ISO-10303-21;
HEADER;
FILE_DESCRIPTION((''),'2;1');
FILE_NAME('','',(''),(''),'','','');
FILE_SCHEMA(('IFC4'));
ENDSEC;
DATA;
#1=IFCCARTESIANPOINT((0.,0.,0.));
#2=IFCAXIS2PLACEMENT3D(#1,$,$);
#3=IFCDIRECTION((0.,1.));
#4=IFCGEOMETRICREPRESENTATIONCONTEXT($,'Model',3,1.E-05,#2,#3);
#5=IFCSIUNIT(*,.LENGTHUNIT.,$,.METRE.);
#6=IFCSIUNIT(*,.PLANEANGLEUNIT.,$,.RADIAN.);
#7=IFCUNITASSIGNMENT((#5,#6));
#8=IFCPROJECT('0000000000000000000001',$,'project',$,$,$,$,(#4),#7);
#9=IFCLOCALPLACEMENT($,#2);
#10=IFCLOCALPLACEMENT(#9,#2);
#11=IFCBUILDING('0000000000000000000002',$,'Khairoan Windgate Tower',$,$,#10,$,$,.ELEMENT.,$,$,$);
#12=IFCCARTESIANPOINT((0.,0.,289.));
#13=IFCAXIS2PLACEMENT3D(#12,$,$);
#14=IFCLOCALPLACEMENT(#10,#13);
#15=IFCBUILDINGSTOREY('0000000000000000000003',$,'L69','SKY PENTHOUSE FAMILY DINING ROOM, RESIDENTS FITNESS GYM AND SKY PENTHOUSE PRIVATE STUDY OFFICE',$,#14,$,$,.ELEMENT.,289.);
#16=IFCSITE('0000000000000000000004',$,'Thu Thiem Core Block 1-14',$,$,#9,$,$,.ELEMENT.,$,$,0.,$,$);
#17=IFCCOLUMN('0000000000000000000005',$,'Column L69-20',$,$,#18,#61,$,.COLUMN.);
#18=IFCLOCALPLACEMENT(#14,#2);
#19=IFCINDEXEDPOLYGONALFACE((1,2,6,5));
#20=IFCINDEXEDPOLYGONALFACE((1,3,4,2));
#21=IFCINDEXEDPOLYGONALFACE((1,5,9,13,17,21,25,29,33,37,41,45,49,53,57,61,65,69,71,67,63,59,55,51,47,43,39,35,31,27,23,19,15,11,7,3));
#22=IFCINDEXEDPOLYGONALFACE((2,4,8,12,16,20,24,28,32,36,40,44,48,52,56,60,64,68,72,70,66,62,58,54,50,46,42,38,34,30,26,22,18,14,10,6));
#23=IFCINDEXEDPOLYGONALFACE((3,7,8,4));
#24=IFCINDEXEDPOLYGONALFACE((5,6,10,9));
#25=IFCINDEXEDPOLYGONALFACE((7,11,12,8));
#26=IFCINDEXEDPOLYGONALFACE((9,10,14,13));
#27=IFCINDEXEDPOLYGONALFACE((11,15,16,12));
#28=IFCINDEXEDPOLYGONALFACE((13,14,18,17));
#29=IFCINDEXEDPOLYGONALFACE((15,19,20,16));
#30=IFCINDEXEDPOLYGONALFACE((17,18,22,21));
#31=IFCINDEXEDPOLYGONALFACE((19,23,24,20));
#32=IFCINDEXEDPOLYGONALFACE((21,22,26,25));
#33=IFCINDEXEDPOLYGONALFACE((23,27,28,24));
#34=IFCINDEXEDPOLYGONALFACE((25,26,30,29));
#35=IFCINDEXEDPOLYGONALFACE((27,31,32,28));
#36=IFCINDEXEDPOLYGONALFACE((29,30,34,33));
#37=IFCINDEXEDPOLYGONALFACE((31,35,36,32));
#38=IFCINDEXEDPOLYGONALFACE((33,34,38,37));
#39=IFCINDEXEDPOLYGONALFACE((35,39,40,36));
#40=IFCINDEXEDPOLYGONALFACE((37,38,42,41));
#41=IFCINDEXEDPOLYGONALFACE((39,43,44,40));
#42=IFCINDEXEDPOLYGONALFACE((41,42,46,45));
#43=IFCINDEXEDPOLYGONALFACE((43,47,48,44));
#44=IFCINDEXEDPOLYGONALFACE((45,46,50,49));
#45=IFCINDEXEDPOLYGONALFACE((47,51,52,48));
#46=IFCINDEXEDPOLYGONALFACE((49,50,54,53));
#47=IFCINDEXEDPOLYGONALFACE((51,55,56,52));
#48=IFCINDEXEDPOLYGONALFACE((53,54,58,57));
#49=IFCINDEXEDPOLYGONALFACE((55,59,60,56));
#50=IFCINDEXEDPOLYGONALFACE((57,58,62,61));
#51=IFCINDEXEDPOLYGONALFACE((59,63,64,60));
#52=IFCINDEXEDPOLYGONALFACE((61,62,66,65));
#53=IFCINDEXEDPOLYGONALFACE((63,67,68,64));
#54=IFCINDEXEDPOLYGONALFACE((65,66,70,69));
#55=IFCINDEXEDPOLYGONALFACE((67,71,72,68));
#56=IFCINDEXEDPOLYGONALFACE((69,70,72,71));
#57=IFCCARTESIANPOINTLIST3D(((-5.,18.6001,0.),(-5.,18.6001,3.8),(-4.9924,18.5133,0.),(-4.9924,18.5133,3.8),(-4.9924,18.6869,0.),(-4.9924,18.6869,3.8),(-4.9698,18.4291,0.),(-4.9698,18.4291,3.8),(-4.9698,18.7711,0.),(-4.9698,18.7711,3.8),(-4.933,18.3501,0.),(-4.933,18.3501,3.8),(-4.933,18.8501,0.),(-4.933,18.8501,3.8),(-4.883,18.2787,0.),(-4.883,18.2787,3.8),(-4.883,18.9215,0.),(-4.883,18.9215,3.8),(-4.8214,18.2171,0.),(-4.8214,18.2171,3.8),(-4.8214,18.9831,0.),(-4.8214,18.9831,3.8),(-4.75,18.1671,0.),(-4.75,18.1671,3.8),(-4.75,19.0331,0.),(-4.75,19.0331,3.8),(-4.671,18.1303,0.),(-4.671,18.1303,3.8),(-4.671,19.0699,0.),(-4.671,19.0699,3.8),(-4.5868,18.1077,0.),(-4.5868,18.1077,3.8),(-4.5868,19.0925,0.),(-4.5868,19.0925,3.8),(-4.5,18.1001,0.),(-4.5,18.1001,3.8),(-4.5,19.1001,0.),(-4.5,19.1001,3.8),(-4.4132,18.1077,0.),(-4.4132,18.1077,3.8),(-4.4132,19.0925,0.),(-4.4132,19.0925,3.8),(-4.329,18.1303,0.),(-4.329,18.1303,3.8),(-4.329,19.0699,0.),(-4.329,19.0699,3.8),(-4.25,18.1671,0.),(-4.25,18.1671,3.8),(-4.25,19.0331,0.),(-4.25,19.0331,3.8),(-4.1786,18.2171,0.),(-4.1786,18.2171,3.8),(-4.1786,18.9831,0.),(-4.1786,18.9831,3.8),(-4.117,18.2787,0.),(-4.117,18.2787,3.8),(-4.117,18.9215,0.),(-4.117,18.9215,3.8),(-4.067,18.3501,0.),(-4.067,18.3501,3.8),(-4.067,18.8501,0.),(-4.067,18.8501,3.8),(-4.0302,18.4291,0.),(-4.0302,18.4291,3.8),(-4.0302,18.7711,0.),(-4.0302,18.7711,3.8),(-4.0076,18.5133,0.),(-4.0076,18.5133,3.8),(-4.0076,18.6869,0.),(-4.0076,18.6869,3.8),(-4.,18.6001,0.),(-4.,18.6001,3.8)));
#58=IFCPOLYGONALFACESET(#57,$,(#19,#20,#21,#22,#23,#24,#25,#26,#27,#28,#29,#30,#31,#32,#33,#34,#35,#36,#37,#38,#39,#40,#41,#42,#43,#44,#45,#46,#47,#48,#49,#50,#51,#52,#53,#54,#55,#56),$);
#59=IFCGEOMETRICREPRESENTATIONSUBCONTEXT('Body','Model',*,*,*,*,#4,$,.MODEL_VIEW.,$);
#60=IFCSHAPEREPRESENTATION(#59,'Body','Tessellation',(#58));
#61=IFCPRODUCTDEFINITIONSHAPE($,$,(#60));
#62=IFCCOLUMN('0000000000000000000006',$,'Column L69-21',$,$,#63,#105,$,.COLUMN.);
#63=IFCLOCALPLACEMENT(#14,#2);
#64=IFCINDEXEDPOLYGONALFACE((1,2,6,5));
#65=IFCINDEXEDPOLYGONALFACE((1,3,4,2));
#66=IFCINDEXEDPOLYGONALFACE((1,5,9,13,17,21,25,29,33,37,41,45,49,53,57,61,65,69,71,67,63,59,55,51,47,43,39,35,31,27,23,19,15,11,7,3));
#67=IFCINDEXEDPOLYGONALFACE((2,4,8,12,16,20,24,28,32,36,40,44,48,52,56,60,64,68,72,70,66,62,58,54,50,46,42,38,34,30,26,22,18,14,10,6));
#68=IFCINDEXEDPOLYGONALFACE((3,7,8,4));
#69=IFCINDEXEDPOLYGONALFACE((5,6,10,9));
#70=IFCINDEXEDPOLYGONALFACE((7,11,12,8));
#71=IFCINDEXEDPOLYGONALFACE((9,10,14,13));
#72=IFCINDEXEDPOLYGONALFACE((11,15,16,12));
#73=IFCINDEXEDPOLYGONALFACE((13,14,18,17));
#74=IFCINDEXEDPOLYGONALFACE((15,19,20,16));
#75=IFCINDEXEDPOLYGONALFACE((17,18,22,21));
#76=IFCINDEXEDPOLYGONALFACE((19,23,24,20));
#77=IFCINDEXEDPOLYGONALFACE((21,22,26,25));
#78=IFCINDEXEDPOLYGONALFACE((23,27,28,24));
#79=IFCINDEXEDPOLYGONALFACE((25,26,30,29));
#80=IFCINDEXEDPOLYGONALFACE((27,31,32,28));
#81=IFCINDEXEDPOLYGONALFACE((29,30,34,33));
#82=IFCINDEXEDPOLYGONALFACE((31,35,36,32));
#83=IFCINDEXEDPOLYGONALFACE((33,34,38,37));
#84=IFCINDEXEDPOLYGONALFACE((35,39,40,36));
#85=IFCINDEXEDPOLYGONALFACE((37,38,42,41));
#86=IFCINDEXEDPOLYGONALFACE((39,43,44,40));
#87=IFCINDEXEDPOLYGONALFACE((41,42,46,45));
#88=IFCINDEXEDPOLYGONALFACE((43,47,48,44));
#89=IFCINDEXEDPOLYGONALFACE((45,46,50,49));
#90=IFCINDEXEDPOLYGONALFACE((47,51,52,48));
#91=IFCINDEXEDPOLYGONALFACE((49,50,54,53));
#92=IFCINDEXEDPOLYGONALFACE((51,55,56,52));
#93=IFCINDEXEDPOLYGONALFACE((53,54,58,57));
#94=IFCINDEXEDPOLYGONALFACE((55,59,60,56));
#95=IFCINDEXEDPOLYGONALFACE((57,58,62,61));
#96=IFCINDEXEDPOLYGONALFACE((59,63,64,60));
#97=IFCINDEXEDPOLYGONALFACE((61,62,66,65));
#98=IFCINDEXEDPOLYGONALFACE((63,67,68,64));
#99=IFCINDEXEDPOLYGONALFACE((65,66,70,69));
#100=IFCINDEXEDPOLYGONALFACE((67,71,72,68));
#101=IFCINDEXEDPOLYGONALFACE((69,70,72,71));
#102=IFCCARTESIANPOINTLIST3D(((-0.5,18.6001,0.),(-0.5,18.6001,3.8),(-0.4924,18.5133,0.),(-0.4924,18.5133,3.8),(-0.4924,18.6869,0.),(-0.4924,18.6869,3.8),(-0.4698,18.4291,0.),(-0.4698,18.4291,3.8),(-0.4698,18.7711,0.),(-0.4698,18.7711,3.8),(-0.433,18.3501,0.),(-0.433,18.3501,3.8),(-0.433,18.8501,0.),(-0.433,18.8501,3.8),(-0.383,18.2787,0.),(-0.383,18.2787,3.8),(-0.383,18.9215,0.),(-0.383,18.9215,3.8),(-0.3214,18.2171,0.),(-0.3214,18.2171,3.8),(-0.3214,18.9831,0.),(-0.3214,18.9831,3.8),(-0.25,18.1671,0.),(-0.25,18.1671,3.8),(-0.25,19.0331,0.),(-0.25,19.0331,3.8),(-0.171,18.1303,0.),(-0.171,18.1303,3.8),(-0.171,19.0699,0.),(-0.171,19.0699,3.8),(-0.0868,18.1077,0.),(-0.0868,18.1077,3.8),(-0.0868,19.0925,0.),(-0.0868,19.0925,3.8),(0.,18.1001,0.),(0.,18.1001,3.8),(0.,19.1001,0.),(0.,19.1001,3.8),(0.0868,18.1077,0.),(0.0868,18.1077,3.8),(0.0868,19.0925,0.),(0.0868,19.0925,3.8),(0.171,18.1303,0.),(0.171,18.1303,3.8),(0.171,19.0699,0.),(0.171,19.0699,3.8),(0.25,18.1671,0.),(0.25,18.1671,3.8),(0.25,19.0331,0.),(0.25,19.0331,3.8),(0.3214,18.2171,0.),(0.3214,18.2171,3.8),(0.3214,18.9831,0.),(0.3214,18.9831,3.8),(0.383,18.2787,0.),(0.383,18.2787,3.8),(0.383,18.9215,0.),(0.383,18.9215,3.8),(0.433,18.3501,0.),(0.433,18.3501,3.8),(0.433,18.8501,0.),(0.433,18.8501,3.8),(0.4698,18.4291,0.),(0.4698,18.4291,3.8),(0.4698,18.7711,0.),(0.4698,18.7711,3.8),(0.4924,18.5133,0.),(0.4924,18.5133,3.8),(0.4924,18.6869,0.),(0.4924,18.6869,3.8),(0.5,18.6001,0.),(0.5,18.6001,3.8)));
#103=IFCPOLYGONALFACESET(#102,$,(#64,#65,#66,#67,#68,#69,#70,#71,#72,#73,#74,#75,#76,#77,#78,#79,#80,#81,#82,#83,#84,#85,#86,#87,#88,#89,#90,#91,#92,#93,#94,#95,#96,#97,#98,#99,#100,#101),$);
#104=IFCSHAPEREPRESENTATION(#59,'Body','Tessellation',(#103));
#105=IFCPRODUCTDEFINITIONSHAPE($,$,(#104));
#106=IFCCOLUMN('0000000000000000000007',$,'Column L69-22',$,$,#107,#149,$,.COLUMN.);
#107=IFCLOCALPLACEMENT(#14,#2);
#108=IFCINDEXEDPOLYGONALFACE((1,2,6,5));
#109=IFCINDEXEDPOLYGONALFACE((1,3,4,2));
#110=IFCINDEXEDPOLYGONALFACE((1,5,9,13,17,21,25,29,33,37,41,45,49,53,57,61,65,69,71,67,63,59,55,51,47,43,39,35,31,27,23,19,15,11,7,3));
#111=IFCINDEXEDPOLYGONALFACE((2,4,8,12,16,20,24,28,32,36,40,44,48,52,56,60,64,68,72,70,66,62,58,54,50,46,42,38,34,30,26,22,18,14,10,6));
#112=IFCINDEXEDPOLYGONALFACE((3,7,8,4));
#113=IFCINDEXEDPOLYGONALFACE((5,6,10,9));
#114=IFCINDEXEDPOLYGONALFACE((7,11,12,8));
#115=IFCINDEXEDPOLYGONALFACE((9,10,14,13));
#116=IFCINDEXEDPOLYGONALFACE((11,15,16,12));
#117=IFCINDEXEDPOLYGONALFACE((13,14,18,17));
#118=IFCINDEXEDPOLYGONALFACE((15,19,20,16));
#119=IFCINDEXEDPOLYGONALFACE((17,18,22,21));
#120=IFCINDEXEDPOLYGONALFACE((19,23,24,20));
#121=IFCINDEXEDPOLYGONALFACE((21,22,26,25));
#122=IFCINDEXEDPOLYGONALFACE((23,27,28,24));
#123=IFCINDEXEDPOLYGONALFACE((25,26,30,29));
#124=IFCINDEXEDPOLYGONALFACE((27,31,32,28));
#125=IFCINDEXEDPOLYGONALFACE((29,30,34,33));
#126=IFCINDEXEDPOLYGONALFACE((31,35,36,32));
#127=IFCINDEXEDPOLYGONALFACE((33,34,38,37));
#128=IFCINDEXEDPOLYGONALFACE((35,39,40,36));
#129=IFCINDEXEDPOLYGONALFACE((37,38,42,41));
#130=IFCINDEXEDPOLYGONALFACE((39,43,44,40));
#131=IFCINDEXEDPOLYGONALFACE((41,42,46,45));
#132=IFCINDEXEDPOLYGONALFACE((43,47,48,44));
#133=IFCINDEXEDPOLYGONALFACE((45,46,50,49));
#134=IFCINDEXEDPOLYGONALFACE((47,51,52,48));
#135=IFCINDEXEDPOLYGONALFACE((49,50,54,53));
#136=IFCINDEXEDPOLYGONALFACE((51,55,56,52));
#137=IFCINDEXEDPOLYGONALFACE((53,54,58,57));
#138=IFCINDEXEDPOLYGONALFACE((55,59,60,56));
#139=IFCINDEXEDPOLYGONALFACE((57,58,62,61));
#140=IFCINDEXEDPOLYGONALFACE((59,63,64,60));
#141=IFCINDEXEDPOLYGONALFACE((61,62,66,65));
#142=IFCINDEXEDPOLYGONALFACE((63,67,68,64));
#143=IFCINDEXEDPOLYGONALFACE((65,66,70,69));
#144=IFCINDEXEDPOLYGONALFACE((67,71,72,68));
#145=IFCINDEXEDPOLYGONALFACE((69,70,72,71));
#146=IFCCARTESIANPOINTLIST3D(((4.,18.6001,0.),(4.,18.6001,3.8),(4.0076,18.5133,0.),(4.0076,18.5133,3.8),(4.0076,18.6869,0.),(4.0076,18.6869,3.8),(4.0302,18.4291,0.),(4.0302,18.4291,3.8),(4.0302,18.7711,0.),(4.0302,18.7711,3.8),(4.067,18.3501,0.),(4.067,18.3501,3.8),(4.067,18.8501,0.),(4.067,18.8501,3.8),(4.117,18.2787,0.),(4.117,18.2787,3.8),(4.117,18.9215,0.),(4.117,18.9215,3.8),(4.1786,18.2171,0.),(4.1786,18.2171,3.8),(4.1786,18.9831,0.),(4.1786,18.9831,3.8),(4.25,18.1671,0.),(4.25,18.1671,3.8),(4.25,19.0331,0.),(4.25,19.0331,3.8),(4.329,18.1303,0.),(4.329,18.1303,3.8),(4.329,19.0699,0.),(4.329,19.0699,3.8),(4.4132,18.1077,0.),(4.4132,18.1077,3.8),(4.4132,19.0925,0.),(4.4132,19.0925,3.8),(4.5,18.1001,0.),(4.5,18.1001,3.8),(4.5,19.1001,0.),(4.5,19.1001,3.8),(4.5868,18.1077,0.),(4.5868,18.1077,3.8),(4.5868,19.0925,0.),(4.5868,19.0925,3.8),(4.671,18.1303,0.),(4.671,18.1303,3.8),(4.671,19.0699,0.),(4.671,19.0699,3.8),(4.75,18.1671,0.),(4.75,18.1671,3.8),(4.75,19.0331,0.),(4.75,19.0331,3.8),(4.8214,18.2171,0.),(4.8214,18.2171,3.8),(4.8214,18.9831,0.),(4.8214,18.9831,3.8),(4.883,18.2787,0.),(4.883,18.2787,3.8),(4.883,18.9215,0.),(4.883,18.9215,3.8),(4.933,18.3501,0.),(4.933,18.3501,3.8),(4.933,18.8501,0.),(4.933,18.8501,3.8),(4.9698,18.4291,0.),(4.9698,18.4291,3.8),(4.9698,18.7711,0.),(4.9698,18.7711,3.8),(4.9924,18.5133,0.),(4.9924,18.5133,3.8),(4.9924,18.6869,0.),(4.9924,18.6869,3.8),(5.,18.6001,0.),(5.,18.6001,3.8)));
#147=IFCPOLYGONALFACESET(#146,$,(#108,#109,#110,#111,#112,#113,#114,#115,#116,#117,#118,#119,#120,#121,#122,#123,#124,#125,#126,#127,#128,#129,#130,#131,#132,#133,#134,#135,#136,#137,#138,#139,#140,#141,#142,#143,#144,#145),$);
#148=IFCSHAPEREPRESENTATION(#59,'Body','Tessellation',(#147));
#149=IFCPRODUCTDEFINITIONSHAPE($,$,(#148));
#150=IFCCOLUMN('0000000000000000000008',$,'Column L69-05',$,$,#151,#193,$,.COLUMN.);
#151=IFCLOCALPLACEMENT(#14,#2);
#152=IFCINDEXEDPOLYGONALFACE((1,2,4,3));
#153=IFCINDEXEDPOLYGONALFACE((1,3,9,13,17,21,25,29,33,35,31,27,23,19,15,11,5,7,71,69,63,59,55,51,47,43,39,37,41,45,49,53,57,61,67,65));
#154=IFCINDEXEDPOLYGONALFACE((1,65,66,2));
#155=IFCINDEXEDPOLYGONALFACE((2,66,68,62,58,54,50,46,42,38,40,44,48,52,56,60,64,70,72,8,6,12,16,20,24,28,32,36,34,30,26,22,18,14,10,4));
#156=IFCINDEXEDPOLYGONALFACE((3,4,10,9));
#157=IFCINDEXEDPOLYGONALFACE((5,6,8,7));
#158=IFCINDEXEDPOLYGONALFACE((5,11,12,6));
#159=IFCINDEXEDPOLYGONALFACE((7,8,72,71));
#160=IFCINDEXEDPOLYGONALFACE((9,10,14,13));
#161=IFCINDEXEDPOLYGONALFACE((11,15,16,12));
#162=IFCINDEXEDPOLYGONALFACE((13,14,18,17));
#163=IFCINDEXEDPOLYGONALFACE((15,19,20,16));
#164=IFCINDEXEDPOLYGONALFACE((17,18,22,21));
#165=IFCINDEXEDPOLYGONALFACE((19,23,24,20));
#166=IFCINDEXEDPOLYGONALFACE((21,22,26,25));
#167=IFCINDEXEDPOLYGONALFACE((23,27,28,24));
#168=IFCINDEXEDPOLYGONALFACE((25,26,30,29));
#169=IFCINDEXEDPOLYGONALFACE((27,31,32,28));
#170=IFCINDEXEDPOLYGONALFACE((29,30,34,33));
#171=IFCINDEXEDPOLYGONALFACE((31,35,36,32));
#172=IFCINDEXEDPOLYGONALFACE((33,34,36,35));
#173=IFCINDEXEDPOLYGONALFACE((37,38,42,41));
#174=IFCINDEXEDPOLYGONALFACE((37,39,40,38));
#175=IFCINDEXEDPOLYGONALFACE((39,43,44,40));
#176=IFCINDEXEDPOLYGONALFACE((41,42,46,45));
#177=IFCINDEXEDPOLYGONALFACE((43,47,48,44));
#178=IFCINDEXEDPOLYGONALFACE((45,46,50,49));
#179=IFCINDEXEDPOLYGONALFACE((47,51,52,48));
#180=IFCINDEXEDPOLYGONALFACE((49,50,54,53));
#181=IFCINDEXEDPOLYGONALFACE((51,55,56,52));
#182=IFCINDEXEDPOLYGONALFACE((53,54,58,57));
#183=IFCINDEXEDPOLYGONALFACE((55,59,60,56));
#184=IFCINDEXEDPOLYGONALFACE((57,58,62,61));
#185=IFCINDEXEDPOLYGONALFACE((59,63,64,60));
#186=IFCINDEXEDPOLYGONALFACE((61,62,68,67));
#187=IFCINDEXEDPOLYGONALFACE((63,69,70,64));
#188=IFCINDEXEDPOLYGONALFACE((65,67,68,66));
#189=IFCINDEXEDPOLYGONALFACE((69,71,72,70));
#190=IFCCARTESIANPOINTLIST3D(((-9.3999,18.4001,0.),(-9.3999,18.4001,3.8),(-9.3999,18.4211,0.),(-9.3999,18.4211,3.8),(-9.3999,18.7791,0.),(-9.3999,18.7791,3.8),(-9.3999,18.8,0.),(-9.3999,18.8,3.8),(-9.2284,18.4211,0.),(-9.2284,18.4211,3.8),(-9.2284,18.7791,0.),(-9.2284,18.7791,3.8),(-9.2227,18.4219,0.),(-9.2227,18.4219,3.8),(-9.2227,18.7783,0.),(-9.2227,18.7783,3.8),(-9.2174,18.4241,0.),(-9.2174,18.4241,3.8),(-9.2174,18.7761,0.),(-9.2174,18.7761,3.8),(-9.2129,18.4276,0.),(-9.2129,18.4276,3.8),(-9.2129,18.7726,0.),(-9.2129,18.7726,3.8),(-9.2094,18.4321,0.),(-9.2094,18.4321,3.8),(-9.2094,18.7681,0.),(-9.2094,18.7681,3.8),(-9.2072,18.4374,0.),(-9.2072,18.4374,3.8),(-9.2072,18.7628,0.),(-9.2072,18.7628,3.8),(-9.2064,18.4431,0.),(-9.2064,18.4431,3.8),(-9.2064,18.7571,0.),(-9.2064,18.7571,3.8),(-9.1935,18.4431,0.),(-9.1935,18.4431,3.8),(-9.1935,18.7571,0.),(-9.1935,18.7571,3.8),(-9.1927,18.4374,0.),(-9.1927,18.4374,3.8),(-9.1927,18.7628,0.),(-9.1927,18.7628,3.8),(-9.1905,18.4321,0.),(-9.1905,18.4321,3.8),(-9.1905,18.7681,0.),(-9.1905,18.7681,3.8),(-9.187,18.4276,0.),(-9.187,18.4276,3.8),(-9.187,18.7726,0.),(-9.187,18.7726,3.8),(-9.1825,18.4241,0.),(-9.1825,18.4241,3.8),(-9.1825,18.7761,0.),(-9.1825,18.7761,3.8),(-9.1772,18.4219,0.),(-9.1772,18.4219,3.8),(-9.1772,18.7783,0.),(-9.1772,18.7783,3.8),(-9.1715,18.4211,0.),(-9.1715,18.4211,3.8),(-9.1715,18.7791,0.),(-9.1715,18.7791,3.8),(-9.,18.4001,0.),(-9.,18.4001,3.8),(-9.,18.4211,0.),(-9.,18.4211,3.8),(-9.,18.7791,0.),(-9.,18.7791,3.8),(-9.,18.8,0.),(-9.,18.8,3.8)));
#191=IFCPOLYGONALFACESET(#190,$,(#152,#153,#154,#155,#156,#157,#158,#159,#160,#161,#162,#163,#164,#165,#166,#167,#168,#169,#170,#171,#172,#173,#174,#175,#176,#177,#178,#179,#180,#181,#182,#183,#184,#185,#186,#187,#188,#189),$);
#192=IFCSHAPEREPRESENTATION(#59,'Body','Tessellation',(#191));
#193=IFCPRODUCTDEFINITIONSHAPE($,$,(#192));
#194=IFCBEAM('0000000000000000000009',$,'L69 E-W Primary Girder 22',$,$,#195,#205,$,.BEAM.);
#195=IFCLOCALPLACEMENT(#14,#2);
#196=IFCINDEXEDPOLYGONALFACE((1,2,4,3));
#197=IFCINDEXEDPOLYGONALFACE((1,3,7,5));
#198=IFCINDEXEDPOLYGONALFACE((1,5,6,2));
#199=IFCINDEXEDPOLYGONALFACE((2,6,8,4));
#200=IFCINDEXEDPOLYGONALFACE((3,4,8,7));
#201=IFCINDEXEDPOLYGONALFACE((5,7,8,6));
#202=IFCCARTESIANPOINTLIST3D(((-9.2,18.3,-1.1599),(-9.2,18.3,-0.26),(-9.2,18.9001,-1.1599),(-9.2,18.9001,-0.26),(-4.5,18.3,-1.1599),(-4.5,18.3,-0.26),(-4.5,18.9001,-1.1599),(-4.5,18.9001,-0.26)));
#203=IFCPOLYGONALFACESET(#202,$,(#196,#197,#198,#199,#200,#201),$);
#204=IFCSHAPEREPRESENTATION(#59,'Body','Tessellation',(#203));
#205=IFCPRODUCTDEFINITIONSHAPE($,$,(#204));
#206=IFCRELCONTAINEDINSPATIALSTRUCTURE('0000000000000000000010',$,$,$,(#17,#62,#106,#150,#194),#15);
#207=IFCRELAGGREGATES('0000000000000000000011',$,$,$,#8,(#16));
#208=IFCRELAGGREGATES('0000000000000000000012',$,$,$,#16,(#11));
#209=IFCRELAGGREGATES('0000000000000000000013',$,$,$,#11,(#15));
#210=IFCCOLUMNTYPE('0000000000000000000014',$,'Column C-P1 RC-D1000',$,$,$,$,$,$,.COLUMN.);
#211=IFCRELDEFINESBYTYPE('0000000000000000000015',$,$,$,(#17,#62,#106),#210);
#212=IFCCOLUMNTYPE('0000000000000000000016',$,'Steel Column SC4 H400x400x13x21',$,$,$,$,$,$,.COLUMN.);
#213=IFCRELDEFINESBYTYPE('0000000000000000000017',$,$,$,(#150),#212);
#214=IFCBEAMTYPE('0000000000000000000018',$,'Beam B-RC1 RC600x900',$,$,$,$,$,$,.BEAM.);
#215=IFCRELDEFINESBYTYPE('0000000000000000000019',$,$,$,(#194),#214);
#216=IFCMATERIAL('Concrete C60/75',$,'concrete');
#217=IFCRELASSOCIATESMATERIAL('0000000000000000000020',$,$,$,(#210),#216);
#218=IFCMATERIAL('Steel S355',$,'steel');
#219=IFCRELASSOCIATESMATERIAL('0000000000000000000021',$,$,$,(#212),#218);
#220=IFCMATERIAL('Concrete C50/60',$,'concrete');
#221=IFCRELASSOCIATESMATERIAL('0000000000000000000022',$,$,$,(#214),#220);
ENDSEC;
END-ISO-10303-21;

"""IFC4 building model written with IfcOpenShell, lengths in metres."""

from ifc_helpers import new_model, si_unit, direction, frame, origin, origin_2d, place, context, subcontext, project, spatial, rectangle, circle, i_section, extrude, material, material_profile, profile_set, type_object, element, save


model = new_model("IFC4")

# Units and contexts
model_context = context("Model", 3, precision=1e-05, world=origin(), true_north=direction((0.0, 1.0)))
body_context = subcontext(model_context, "Body", "Model", "MODEL_VIEW")
ifc_project = project(units=[si_unit("LENGTHUNIT", "METRE"), si_unit("PLANEANGLEUNIT", "RADIAN")], contexts=[model_context])

# Site, building, storey
site_placement = place(None, origin())
site = spatial("IfcSite", under=ifc_project, at=site_placement, Name="Thu Thiem Core Block 1-14", CompositionType="ELEMENT", RefElevation=0.0)
building_placement = place(site_placement, origin())
building = spatial("IfcBuilding", under=site, at=building_placement, Name="Khairoan Windgate Tower", CompositionType="ELEMENT")
storey_placement = place(building_placement, frame((0.0, 0.0, 289.0)))
storey = spatial("IfcBuildingStorey", under=building, at=storey_placement, Name="L69", Description="SKY PENTHOUSE FAMILY DINING ROOM, RESIDENTS FITNESS GYM AND SKY PENTHOUSE PRIVATE STUDY OFFICE", CompositionType="ELEMENT", Elevation=289.0)

# Columns
ifc_material_1 = material(Name="Concrete C60/75", Category="concrete")
ifc_material_profile_1 = material_profile(ifc_material_1, circle(Radius=0.5, at=origin_2d()))
ifc_profile_set_1 = profile_set([ifc_material_profile_1], Name="Concrete C60/75")
column_type_1 = type_object("IfcColumnType", Name="Column C-P1 RC-D1000", PredefinedType="COLUMN", material=ifc_profile_set_1)
for number, where, z_axis, x_axis, name in (
    (1, (-4.5, 18.6001, 0.0), (0.0, 0.0, 1.0), (1.0, 0.0, 0.0), "Column L69-20"),
    (2, (0.0, 18.6001, 0.0), (0.0, 0.0, 1.0), (1.0, 0.0, 0.0), "Column L69-21"),
    (3, (4.5, 18.6001, 0.0), (0.0, 0.0, 1.0), (1.0, 0.0, 0.0), "Column L69-22"),
):
    element("IfcColumn", number, at=place(storey_placement, frame(where, z_axis=z_axis, x_axis=x_axis)), inside=storey, type_object=column_type_1, Name=name, PredefinedType="COLUMN", context=body_context, shape_type="SweptSolid", body=[
        extrude(circle(Radius=0.5, at=origin_2d()), origin(), (0.0, 0.0, 1.0), 3.8),
    ])
ifc_material_2 = material(Name="Steel S355", Category="steel")
ifc_material_profile_2 = material_profile(ifc_material_2, i_section(OverallWidth=0.3999, OverallDepth=0.3999, WebThickness=0.0129, FlangeThickness=0.021, FilletRadius=0.022, at=origin_2d()))
ifc_profile_set_2 = profile_set([ifc_material_profile_2], Name="Steel S355")
column_type_2 = type_object("IfcColumnType", Name="Steel Column SC4 H400x400x13x21", PredefinedType="COLUMN", material=ifc_profile_set_2)
column_placement = place(storey_placement, frame((-9.2, 18.6001, 0.0), z_axis=(0.0, 0.0, 1.0), x_axis=(1.0, 0.0, 0.0)))
element("IfcColumn", 4, at=column_placement, inside=storey, type_object=column_type_2, Name="Column L69-05", PredefinedType="COLUMN", context=body_context, shape_type="SweptSolid", body=[
    extrude(i_section(OverallWidth=0.3999, OverallDepth=0.3999, WebThickness=0.0129, FlangeThickness=0.021, FilletRadius=0.022, at=origin_2d()), origin(), (0.0, 0.0, 1.0), 3.8),
])

# Beam
ifc_material_3 = material(Name="Concrete C50/60", Category="concrete")
ifc_material_profile_3 = material_profile(ifc_material_3, rectangle(XDim=0.6001, YDim=0.8999, at=origin_2d()))
ifc_profile_set_3 = profile_set([ifc_material_profile_3], Name="Concrete C50/60")
beam_type = type_object("IfcBeamType", Name="Beam B-RC1 RC600x900", PredefinedType="BEAM", material=ifc_profile_set_3)
beam_1_placement = place(storey_placement, frame((-9.2, 18.6001, -0.71), z_axis=(1.0, 0.0, 0.0), x_axis=(0.0, 1.0, 0.0)))
element("IfcBeam", 5, at=beam_1_placement, inside=storey, type_object=beam_type, Name="L69 E-W Primary Girder 22", PredefinedType="BEAM", context=body_context, shape_type="SweptSolid", body=[
    extrude(rectangle(XDim=0.6001, YDim=0.8999, at=origin_2d()), origin(), (0.0, 0.0, 1.0), 4.7),
])

save(model, "model.ifc")
